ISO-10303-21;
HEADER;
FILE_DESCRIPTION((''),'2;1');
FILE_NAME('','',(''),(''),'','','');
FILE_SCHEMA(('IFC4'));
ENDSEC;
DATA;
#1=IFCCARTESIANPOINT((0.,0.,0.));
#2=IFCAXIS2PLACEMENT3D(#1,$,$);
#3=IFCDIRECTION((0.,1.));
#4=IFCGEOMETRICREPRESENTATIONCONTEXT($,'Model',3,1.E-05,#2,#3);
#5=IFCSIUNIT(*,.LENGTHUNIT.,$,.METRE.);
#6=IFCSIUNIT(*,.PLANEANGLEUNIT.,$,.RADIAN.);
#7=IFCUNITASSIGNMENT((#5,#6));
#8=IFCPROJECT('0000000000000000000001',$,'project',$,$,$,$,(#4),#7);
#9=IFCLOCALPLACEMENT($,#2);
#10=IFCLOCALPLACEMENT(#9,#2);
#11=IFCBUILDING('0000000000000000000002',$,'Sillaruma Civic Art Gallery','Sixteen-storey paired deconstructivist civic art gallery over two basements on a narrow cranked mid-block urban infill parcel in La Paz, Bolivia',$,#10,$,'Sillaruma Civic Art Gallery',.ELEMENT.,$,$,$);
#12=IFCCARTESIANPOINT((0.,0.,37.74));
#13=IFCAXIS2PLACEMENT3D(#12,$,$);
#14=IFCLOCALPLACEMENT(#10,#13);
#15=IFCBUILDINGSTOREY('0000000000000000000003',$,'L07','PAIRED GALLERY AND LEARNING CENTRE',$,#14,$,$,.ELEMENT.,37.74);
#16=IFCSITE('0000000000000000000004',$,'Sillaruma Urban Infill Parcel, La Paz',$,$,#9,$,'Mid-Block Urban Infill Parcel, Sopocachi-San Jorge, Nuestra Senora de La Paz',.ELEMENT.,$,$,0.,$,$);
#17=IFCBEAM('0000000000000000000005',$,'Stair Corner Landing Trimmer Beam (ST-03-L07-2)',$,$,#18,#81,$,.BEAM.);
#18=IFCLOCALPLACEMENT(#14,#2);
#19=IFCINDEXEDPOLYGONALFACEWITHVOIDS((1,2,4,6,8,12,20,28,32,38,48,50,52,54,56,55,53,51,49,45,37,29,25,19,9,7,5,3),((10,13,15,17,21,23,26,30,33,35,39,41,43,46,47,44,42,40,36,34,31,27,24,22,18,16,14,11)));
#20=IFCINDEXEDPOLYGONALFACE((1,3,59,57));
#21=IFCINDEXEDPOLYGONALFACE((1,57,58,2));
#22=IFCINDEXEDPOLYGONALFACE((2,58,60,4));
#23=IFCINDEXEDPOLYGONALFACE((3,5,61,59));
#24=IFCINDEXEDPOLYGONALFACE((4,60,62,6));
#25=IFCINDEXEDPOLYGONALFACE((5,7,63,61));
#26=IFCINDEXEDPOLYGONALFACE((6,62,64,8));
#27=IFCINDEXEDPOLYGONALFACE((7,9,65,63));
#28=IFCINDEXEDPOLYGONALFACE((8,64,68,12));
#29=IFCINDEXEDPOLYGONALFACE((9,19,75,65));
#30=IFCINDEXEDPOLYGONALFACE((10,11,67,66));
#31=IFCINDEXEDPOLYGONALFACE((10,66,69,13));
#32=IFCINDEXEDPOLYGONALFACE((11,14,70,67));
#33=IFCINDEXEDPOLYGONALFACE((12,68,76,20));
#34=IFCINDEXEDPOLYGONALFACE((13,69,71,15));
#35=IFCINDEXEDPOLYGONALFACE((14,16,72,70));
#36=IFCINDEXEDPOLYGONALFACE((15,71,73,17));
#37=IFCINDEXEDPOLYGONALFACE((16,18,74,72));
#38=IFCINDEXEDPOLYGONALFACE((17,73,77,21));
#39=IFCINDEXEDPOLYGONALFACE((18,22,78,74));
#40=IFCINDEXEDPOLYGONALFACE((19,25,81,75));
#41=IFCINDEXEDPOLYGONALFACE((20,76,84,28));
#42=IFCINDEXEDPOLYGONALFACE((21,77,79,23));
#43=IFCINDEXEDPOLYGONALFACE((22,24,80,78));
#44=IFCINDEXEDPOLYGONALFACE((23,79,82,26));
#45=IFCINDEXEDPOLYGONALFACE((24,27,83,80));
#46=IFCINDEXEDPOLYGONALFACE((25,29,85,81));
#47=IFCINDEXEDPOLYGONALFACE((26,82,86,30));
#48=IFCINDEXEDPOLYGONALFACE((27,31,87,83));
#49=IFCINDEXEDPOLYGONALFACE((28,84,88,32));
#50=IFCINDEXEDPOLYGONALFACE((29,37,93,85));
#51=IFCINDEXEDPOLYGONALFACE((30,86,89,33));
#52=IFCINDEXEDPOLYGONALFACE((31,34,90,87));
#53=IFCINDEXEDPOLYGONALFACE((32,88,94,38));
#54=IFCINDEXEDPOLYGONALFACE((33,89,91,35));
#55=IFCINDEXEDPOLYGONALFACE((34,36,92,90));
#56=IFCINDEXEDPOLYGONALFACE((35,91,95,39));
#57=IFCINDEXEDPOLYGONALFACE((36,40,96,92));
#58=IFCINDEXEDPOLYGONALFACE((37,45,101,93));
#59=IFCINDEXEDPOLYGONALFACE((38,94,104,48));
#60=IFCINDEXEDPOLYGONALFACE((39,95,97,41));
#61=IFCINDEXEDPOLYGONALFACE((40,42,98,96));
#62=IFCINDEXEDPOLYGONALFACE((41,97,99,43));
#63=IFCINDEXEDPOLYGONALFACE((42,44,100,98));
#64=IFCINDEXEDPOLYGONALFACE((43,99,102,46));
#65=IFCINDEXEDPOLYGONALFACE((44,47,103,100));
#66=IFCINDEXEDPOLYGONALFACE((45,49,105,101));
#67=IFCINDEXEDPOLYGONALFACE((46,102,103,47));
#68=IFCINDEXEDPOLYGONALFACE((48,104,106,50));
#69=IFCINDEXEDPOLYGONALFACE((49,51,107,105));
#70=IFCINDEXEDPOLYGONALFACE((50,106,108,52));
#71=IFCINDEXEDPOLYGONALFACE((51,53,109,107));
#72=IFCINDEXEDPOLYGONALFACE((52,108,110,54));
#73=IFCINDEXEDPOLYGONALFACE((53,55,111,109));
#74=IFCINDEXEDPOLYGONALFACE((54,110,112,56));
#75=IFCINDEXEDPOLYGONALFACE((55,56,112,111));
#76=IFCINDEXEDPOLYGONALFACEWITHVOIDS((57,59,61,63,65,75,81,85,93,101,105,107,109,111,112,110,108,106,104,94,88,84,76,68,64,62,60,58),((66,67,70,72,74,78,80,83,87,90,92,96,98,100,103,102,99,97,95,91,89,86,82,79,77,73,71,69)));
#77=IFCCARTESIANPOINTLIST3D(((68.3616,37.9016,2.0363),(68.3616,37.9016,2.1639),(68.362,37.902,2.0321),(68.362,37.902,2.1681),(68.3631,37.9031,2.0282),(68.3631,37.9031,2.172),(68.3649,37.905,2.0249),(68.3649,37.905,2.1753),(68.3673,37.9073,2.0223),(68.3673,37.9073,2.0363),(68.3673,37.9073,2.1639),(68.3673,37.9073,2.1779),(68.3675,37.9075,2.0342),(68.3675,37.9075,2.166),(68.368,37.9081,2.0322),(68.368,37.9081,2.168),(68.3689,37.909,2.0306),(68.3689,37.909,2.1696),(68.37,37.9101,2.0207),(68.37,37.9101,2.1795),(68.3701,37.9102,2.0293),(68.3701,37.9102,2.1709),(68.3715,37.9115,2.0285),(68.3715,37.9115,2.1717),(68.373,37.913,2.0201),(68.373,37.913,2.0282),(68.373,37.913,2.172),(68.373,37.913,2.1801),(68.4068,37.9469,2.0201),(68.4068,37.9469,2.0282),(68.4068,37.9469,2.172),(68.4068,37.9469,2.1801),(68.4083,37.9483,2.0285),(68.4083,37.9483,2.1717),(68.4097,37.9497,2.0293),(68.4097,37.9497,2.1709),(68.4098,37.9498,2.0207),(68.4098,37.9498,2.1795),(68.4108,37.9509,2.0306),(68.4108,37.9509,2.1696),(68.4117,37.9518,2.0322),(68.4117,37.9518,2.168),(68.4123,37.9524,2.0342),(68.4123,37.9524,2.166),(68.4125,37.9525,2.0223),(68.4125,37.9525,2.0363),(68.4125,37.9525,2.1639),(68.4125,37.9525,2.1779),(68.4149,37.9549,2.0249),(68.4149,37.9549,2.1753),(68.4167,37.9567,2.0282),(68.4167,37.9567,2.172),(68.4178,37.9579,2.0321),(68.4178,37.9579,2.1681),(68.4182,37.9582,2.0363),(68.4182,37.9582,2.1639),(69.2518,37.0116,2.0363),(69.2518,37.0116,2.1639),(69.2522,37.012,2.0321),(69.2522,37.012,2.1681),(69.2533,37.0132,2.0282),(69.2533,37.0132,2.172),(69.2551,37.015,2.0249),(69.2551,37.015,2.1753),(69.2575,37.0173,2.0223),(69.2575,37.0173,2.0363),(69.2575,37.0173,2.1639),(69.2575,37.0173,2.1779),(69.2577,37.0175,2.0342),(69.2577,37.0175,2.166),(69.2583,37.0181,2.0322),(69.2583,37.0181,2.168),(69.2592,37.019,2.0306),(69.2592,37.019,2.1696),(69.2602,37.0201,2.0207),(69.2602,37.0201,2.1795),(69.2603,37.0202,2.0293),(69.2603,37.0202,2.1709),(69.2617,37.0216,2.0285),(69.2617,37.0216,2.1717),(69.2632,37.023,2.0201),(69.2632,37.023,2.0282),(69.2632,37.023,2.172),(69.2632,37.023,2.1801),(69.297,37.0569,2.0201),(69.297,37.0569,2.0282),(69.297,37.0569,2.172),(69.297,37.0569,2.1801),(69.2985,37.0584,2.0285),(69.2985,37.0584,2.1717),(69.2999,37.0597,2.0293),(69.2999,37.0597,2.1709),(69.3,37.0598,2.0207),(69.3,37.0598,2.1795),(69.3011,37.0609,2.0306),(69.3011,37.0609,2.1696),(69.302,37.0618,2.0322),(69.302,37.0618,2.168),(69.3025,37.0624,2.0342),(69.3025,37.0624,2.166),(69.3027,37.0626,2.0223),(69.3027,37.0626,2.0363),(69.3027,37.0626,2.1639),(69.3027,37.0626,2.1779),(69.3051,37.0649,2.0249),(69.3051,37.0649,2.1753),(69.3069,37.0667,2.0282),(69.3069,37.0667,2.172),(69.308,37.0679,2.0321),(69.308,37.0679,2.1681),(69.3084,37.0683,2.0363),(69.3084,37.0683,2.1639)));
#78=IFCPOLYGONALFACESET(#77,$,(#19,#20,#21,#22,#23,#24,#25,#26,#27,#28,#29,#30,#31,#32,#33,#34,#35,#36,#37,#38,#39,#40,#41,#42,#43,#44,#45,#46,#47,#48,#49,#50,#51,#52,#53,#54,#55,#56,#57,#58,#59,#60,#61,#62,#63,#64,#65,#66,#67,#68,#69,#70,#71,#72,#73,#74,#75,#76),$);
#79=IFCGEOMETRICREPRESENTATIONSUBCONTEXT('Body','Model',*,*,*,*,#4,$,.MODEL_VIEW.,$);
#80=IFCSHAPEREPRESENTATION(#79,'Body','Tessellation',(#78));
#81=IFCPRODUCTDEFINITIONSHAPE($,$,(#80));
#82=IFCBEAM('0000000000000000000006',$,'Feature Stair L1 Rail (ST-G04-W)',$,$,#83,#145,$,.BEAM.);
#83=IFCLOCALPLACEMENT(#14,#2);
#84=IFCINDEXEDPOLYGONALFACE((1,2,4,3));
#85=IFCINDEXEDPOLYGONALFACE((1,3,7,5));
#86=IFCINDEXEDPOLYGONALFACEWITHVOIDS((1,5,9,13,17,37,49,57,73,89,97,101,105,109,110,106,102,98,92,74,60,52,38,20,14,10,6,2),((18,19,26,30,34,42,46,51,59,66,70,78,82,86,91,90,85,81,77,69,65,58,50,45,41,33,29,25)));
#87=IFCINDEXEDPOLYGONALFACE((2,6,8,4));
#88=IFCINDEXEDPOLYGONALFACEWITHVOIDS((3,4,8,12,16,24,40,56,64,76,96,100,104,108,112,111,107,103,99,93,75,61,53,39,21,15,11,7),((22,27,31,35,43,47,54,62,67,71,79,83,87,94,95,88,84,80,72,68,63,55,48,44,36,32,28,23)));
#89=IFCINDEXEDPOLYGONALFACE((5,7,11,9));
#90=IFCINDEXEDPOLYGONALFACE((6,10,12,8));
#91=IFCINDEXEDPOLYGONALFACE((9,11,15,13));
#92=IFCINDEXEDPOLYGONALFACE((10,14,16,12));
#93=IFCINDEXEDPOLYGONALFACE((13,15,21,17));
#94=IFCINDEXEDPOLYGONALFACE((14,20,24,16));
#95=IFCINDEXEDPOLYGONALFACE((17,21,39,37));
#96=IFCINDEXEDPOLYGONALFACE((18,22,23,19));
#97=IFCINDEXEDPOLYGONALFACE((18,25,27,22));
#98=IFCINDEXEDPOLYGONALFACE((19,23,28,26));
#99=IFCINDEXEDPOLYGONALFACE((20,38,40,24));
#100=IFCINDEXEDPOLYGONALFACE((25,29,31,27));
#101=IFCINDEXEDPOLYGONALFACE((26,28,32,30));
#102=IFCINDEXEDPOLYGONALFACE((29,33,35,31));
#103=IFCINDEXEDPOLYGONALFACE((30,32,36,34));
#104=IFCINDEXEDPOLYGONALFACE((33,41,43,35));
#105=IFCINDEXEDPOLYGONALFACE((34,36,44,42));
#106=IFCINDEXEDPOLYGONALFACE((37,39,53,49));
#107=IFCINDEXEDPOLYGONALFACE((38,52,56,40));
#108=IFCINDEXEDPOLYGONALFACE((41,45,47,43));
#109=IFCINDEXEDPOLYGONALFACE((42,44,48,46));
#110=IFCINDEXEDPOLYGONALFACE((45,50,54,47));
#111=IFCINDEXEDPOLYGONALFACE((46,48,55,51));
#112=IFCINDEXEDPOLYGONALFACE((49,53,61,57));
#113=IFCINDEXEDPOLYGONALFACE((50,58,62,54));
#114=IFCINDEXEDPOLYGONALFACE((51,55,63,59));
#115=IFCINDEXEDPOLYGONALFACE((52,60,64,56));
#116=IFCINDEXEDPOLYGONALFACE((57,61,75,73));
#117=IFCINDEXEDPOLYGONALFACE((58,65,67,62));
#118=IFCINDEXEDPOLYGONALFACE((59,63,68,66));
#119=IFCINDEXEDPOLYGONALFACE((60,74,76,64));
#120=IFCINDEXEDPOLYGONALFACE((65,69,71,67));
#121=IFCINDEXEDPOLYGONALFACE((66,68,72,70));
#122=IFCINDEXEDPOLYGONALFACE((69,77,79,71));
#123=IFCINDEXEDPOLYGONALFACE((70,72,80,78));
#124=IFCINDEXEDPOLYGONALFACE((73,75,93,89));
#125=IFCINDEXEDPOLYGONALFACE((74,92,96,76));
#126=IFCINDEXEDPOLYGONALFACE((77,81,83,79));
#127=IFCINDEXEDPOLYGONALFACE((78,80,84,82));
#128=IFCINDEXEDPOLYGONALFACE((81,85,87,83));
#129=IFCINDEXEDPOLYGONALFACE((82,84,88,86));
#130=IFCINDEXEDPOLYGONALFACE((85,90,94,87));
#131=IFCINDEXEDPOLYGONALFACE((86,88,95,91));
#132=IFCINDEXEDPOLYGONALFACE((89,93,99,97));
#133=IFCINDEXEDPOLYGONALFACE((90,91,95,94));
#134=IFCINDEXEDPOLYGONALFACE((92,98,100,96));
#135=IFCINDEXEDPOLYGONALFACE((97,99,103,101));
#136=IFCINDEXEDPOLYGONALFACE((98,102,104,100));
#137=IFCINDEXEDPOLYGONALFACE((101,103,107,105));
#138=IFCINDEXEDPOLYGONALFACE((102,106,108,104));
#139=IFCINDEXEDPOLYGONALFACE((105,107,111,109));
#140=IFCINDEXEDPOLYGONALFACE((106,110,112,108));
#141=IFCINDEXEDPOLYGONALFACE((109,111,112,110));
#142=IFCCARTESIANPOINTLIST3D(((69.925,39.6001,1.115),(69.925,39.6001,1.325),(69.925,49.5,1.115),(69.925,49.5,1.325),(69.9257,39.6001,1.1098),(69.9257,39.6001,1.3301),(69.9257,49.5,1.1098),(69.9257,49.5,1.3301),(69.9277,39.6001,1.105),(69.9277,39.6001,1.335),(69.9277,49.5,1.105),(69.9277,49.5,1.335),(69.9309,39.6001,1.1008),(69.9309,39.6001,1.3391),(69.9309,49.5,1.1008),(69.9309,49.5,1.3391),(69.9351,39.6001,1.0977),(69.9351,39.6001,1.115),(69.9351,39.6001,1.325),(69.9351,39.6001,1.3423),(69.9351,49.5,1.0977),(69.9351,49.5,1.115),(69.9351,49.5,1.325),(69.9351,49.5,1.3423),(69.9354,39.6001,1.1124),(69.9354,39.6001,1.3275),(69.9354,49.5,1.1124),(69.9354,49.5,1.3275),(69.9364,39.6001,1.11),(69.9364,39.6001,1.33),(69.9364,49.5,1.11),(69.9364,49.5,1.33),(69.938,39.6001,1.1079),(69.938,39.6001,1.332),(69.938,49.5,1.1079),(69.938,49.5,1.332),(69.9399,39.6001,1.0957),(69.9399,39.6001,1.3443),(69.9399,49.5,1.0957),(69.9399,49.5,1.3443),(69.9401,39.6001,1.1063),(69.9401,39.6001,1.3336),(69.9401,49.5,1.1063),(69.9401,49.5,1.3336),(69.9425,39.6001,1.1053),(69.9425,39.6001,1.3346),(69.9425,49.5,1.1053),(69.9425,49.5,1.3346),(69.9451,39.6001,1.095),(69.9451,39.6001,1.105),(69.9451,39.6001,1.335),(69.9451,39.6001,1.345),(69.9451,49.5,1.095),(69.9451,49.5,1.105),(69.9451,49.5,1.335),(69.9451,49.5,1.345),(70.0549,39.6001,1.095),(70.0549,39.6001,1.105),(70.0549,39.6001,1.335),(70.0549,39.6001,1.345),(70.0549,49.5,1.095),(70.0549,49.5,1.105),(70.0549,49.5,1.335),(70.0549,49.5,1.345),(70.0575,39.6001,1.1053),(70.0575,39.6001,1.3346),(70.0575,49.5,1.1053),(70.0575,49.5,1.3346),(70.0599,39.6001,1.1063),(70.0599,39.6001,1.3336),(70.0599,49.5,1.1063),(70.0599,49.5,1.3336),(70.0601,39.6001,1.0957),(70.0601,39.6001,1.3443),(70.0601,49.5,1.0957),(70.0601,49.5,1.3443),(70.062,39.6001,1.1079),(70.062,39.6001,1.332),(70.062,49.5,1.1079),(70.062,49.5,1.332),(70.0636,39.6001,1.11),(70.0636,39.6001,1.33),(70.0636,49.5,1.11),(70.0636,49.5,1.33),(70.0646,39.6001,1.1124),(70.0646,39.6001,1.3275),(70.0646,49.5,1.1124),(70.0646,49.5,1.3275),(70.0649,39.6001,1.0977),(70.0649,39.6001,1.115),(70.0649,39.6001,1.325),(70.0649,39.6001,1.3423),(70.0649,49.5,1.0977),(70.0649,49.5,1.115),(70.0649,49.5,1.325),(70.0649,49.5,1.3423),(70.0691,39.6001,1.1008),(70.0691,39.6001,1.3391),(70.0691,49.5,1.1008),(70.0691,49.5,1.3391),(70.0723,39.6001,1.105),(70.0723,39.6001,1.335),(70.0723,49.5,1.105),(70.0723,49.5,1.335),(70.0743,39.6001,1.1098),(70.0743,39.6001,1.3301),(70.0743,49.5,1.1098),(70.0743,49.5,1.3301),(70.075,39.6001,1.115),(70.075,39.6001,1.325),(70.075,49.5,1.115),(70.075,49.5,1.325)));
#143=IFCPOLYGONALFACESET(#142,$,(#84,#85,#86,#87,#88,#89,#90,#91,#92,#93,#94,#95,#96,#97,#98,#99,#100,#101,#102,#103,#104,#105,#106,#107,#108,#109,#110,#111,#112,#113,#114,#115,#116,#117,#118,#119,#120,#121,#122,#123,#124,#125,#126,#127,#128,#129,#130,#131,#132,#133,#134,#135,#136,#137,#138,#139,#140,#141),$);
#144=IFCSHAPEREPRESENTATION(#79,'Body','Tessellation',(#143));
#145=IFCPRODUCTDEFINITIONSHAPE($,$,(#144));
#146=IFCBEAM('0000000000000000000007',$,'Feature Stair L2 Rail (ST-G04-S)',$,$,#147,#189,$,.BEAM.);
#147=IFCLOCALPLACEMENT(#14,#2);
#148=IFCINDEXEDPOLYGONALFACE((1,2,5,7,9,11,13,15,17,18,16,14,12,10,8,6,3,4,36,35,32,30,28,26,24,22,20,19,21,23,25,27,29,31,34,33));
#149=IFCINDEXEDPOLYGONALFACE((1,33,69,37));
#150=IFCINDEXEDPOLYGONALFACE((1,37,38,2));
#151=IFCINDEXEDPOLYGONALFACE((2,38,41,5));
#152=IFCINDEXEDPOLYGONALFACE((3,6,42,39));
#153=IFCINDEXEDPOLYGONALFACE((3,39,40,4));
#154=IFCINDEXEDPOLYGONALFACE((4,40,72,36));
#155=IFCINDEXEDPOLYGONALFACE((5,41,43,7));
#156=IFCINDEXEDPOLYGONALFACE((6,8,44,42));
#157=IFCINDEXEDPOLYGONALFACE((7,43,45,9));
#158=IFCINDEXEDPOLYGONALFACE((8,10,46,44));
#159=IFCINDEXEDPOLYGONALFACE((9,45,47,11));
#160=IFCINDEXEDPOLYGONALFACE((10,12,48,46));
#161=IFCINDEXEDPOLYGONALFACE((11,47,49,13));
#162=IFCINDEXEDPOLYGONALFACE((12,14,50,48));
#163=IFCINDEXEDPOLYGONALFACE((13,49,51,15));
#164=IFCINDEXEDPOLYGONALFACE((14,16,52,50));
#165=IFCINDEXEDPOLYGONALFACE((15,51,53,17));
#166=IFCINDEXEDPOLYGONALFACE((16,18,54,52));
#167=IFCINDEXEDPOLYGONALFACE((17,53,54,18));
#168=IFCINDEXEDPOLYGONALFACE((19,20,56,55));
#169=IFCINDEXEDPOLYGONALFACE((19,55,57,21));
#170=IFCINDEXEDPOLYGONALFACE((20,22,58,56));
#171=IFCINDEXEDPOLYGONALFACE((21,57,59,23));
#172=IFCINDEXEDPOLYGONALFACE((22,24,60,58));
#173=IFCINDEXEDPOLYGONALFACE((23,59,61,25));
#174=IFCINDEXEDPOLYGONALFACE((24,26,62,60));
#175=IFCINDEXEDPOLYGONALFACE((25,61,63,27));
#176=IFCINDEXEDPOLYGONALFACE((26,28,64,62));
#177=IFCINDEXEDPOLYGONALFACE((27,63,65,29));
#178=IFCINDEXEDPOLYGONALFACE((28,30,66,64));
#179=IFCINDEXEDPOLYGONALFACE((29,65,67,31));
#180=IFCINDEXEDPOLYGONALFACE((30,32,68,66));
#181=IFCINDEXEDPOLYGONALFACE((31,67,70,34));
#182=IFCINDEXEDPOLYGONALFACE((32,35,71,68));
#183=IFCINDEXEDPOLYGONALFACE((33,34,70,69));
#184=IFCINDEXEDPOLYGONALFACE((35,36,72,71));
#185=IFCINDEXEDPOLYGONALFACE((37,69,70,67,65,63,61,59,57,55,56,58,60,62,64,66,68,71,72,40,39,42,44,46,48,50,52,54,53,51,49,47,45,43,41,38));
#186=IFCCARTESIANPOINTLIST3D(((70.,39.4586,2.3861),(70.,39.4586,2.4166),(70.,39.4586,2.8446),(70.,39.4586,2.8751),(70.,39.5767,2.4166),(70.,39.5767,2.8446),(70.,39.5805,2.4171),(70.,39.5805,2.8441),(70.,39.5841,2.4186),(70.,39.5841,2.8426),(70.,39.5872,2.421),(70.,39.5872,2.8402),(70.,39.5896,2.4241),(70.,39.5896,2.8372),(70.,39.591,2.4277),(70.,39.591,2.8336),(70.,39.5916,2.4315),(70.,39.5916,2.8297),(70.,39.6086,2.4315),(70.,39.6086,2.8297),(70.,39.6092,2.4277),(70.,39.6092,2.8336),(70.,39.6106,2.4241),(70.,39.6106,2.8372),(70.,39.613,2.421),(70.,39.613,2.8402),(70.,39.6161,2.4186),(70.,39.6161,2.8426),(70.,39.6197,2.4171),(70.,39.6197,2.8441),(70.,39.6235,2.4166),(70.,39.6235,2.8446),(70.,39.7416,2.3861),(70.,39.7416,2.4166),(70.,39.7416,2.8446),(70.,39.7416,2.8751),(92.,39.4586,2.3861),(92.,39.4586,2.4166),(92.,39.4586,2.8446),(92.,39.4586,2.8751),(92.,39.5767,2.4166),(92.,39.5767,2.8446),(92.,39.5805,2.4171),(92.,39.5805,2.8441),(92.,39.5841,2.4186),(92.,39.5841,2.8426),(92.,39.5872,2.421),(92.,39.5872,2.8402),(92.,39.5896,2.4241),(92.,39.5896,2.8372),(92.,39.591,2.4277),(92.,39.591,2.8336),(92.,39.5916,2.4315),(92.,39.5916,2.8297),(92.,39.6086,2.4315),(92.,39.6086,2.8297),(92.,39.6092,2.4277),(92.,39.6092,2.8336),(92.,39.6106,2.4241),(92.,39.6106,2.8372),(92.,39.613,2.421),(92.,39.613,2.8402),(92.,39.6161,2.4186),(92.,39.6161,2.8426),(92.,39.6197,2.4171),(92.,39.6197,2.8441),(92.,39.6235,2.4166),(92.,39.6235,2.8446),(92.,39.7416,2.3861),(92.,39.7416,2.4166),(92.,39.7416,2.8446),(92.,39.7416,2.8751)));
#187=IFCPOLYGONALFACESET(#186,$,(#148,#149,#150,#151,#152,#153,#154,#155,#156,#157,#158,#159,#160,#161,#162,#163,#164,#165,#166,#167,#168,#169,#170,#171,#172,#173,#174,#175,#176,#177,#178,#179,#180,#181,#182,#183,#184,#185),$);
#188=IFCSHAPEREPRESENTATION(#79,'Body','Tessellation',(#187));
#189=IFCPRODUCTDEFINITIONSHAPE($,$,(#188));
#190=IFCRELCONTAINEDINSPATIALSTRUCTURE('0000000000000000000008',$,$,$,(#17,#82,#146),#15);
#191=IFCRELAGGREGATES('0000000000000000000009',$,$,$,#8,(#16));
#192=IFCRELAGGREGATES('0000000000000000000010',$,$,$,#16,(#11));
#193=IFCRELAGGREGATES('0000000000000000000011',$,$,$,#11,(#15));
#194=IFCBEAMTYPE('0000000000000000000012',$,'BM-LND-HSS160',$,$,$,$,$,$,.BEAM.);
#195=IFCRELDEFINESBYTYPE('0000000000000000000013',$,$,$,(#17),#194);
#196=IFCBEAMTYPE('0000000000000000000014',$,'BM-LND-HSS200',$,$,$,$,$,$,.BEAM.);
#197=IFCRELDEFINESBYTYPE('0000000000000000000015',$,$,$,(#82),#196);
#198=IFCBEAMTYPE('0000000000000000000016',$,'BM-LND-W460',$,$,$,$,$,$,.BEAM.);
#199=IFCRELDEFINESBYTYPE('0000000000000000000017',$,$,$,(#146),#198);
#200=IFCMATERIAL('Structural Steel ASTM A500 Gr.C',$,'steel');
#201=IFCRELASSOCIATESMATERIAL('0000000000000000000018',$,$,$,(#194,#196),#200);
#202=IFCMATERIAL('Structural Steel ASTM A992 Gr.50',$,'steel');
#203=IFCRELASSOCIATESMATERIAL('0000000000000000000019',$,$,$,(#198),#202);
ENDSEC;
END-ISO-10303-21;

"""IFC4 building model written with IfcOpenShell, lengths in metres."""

from ifc_helpers import new_model, si_unit, direction, frame, origin, origin_2d, place, context, subcontext, project, spatial, hollow_rectangle, i_section, extrude, material, material_profile, profile_set, type_object, element, save


model = new_model("IFC4")

# Units and contexts
model_context = context("Model", 3, precision=1e-05, world=origin(), true_north=direction((0.0, 1.0)))
body_context = subcontext(model_context, "Body", "Model", "MODEL_VIEW")
ifc_project = project(units=[si_unit("LENGTHUNIT", "METRE"), si_unit("PLANEANGLEUNIT", "RADIAN")], contexts=[model_context])

# Site, building, storey
site_placement = place(None, origin())
site = spatial("IfcSite", under=ifc_project, at=site_placement, Name="Sillaruma Urban Infill Parcel, La Paz", LongName="Mid-Block Urban Infill Parcel, Sopocachi-San Jorge, Nuestra Senora de La Paz", CompositionType="ELEMENT", RefElevation=0.0)
building_placement = place(site_placement, origin())
building = spatial("IfcBuilding", under=site, at=building_placement, Name="Sillaruma Civic Art Gallery", Description="Sixteen-storey paired deconstructivist civic art gallery over two basements on a narrow cranked mid-block urban infill parcel in La Paz, Bolivia", LongName="Sillaruma Civic Art Gallery", CompositionType="ELEMENT")
storey_placement = place(building_placement, frame((0.0, 0.0, 37.74)))
storey = spatial("IfcBuildingStorey", under=building, at=storey_placement, Name="L07", Description="PAIRED GALLERY AND LEARNING CENTRE", CompositionType="ELEMENT", Elevation=37.74)

# Beams
ifc_material_1 = material(Name="Structural Steel ASTM A500 Gr.C", Category="steel")
ifc_material_profile_1 = material_profile(ifc_material_1, hollow_rectangle(XDim=0.0801, YDim=0.1599, WallThickness=0.0081, InnerFilletRadius=0.0081, OuterFilletRadius=0.0161, at=origin_2d()), Name="HSS160x80x8")
ifc_profile_set_1 = profile_set([ifc_material_profile_1], Name="Structural Steel ASTM A500 Gr.C")
beam_type_1 = type_object("IfcBeamType", Name="BM-LND-HSS160", PredefinedType="BEAM", material=ifc_profile_set_1)
for number, where, z_axis, x_axis, name in (
    (1, (68.3899, 37.9299, 2.1001), (0.707204, -0.70701, 0.0), (0.70701, 0.707204, 0.0), "Stair Corner Landing Trimmer Beam (ST-03-L07-2)"),
):
    element("IfcBeam", number, at=place(storey_placement, frame(where, z_axis=z_axis, x_axis=x_axis)), inside=storey, type_object=beam_type_1, Name=name, PredefinedType="BEAM", context=body_context, shape_type="SweptSolid", body=[
        extrude(hollow_rectangle(XDim=0.0801, YDim=0.1599, WallThickness=0.0081, InnerFilletRadius=0.0081, OuterFilletRadius=0.0161, at=origin_2d()), origin(), (0.0, 0.0, 1.0), 1.2588),
    ])
ifc_material_profile_2 = material_profile(ifc_material_1, hollow_rectangle(XDim=0.1499, YDim=0.25, WallThickness=0.01, InnerFilletRadius=0.01, OuterFilletRadius=0.02, at=origin_2d()), Name="HSS250x150x10")
ifc_profile_set_2 = profile_set([ifc_material_profile_2], Name="Structural Steel ASTM A500 Gr.C")
beam_type_2 = type_object("IfcBeamType", Name="BM-LND-HSS200", PredefinedType="BEAM", material=ifc_profile_set_2)
beam_1_placement = place(storey_placement, frame((70.0, 39.6001, 1.22), z_axis=(0.0, 1.0, 0.0), x_axis=(-1.0, 0.0, 0.0)))
element("IfcBeam", 2, at=beam_1_placement, inside=storey, type_object=beam_type_2, Name="Feature Stair L1 Rail (ST-G04-W)", PredefinedType="BEAM", context=body_context, shape_type="SweptSolid", body=[
    extrude(hollow_rectangle(XDim=0.1499, YDim=0.25, WallThickness=0.01, InnerFilletRadius=0.01, OuterFilletRadius=0.02, at=origin_2d()), origin(), (0.0, 0.0, 1.0), 9.8999),
])
ifc_material_2 = material(Name="Structural Steel ASTM A992 Gr.50", Category="steel")
ifc_material_profile_3 = material_profile(ifc_material_2, i_section(OverallWidth=0.283, OverallDepth=0.489, WebThickness=0.0171, FlangeThickness=0.0305, FilletRadius=0.0149, at=origin_2d()), Name="W460x193")
ifc_profile_set_3 = profile_set([ifc_material_profile_3], Name="Structural Steel ASTM A992 Gr.50")
beam_type_3 = type_object("IfcBeamType", Name="BM-LND-W460", PredefinedType="BEAM", material=ifc_profile_set_3)
beam_2_placement = place(storey_placement, frame((70.0, 39.6001, 2.6306), z_axis=(1.0, 0.0, 0.0), x_axis=(0.0, 1.0, 0.0)))
element("IfcBeam", 3, at=beam_2_placement, inside=storey, type_object=beam_type_3, Name="Feature Stair L2 Rail (ST-G04-S)", PredefinedType="BEAM", context=body_context, shape_type="SweptSolid", body=[
    extrude(i_section(OverallWidth=0.283, OverallDepth=0.489, WebThickness=0.0171, FlangeThickness=0.0305, FilletRadius=0.0149, at=origin_2d()), origin(), (0.0, 0.0, 1.0), 22.0),
])

save(model, "model.ifc")
